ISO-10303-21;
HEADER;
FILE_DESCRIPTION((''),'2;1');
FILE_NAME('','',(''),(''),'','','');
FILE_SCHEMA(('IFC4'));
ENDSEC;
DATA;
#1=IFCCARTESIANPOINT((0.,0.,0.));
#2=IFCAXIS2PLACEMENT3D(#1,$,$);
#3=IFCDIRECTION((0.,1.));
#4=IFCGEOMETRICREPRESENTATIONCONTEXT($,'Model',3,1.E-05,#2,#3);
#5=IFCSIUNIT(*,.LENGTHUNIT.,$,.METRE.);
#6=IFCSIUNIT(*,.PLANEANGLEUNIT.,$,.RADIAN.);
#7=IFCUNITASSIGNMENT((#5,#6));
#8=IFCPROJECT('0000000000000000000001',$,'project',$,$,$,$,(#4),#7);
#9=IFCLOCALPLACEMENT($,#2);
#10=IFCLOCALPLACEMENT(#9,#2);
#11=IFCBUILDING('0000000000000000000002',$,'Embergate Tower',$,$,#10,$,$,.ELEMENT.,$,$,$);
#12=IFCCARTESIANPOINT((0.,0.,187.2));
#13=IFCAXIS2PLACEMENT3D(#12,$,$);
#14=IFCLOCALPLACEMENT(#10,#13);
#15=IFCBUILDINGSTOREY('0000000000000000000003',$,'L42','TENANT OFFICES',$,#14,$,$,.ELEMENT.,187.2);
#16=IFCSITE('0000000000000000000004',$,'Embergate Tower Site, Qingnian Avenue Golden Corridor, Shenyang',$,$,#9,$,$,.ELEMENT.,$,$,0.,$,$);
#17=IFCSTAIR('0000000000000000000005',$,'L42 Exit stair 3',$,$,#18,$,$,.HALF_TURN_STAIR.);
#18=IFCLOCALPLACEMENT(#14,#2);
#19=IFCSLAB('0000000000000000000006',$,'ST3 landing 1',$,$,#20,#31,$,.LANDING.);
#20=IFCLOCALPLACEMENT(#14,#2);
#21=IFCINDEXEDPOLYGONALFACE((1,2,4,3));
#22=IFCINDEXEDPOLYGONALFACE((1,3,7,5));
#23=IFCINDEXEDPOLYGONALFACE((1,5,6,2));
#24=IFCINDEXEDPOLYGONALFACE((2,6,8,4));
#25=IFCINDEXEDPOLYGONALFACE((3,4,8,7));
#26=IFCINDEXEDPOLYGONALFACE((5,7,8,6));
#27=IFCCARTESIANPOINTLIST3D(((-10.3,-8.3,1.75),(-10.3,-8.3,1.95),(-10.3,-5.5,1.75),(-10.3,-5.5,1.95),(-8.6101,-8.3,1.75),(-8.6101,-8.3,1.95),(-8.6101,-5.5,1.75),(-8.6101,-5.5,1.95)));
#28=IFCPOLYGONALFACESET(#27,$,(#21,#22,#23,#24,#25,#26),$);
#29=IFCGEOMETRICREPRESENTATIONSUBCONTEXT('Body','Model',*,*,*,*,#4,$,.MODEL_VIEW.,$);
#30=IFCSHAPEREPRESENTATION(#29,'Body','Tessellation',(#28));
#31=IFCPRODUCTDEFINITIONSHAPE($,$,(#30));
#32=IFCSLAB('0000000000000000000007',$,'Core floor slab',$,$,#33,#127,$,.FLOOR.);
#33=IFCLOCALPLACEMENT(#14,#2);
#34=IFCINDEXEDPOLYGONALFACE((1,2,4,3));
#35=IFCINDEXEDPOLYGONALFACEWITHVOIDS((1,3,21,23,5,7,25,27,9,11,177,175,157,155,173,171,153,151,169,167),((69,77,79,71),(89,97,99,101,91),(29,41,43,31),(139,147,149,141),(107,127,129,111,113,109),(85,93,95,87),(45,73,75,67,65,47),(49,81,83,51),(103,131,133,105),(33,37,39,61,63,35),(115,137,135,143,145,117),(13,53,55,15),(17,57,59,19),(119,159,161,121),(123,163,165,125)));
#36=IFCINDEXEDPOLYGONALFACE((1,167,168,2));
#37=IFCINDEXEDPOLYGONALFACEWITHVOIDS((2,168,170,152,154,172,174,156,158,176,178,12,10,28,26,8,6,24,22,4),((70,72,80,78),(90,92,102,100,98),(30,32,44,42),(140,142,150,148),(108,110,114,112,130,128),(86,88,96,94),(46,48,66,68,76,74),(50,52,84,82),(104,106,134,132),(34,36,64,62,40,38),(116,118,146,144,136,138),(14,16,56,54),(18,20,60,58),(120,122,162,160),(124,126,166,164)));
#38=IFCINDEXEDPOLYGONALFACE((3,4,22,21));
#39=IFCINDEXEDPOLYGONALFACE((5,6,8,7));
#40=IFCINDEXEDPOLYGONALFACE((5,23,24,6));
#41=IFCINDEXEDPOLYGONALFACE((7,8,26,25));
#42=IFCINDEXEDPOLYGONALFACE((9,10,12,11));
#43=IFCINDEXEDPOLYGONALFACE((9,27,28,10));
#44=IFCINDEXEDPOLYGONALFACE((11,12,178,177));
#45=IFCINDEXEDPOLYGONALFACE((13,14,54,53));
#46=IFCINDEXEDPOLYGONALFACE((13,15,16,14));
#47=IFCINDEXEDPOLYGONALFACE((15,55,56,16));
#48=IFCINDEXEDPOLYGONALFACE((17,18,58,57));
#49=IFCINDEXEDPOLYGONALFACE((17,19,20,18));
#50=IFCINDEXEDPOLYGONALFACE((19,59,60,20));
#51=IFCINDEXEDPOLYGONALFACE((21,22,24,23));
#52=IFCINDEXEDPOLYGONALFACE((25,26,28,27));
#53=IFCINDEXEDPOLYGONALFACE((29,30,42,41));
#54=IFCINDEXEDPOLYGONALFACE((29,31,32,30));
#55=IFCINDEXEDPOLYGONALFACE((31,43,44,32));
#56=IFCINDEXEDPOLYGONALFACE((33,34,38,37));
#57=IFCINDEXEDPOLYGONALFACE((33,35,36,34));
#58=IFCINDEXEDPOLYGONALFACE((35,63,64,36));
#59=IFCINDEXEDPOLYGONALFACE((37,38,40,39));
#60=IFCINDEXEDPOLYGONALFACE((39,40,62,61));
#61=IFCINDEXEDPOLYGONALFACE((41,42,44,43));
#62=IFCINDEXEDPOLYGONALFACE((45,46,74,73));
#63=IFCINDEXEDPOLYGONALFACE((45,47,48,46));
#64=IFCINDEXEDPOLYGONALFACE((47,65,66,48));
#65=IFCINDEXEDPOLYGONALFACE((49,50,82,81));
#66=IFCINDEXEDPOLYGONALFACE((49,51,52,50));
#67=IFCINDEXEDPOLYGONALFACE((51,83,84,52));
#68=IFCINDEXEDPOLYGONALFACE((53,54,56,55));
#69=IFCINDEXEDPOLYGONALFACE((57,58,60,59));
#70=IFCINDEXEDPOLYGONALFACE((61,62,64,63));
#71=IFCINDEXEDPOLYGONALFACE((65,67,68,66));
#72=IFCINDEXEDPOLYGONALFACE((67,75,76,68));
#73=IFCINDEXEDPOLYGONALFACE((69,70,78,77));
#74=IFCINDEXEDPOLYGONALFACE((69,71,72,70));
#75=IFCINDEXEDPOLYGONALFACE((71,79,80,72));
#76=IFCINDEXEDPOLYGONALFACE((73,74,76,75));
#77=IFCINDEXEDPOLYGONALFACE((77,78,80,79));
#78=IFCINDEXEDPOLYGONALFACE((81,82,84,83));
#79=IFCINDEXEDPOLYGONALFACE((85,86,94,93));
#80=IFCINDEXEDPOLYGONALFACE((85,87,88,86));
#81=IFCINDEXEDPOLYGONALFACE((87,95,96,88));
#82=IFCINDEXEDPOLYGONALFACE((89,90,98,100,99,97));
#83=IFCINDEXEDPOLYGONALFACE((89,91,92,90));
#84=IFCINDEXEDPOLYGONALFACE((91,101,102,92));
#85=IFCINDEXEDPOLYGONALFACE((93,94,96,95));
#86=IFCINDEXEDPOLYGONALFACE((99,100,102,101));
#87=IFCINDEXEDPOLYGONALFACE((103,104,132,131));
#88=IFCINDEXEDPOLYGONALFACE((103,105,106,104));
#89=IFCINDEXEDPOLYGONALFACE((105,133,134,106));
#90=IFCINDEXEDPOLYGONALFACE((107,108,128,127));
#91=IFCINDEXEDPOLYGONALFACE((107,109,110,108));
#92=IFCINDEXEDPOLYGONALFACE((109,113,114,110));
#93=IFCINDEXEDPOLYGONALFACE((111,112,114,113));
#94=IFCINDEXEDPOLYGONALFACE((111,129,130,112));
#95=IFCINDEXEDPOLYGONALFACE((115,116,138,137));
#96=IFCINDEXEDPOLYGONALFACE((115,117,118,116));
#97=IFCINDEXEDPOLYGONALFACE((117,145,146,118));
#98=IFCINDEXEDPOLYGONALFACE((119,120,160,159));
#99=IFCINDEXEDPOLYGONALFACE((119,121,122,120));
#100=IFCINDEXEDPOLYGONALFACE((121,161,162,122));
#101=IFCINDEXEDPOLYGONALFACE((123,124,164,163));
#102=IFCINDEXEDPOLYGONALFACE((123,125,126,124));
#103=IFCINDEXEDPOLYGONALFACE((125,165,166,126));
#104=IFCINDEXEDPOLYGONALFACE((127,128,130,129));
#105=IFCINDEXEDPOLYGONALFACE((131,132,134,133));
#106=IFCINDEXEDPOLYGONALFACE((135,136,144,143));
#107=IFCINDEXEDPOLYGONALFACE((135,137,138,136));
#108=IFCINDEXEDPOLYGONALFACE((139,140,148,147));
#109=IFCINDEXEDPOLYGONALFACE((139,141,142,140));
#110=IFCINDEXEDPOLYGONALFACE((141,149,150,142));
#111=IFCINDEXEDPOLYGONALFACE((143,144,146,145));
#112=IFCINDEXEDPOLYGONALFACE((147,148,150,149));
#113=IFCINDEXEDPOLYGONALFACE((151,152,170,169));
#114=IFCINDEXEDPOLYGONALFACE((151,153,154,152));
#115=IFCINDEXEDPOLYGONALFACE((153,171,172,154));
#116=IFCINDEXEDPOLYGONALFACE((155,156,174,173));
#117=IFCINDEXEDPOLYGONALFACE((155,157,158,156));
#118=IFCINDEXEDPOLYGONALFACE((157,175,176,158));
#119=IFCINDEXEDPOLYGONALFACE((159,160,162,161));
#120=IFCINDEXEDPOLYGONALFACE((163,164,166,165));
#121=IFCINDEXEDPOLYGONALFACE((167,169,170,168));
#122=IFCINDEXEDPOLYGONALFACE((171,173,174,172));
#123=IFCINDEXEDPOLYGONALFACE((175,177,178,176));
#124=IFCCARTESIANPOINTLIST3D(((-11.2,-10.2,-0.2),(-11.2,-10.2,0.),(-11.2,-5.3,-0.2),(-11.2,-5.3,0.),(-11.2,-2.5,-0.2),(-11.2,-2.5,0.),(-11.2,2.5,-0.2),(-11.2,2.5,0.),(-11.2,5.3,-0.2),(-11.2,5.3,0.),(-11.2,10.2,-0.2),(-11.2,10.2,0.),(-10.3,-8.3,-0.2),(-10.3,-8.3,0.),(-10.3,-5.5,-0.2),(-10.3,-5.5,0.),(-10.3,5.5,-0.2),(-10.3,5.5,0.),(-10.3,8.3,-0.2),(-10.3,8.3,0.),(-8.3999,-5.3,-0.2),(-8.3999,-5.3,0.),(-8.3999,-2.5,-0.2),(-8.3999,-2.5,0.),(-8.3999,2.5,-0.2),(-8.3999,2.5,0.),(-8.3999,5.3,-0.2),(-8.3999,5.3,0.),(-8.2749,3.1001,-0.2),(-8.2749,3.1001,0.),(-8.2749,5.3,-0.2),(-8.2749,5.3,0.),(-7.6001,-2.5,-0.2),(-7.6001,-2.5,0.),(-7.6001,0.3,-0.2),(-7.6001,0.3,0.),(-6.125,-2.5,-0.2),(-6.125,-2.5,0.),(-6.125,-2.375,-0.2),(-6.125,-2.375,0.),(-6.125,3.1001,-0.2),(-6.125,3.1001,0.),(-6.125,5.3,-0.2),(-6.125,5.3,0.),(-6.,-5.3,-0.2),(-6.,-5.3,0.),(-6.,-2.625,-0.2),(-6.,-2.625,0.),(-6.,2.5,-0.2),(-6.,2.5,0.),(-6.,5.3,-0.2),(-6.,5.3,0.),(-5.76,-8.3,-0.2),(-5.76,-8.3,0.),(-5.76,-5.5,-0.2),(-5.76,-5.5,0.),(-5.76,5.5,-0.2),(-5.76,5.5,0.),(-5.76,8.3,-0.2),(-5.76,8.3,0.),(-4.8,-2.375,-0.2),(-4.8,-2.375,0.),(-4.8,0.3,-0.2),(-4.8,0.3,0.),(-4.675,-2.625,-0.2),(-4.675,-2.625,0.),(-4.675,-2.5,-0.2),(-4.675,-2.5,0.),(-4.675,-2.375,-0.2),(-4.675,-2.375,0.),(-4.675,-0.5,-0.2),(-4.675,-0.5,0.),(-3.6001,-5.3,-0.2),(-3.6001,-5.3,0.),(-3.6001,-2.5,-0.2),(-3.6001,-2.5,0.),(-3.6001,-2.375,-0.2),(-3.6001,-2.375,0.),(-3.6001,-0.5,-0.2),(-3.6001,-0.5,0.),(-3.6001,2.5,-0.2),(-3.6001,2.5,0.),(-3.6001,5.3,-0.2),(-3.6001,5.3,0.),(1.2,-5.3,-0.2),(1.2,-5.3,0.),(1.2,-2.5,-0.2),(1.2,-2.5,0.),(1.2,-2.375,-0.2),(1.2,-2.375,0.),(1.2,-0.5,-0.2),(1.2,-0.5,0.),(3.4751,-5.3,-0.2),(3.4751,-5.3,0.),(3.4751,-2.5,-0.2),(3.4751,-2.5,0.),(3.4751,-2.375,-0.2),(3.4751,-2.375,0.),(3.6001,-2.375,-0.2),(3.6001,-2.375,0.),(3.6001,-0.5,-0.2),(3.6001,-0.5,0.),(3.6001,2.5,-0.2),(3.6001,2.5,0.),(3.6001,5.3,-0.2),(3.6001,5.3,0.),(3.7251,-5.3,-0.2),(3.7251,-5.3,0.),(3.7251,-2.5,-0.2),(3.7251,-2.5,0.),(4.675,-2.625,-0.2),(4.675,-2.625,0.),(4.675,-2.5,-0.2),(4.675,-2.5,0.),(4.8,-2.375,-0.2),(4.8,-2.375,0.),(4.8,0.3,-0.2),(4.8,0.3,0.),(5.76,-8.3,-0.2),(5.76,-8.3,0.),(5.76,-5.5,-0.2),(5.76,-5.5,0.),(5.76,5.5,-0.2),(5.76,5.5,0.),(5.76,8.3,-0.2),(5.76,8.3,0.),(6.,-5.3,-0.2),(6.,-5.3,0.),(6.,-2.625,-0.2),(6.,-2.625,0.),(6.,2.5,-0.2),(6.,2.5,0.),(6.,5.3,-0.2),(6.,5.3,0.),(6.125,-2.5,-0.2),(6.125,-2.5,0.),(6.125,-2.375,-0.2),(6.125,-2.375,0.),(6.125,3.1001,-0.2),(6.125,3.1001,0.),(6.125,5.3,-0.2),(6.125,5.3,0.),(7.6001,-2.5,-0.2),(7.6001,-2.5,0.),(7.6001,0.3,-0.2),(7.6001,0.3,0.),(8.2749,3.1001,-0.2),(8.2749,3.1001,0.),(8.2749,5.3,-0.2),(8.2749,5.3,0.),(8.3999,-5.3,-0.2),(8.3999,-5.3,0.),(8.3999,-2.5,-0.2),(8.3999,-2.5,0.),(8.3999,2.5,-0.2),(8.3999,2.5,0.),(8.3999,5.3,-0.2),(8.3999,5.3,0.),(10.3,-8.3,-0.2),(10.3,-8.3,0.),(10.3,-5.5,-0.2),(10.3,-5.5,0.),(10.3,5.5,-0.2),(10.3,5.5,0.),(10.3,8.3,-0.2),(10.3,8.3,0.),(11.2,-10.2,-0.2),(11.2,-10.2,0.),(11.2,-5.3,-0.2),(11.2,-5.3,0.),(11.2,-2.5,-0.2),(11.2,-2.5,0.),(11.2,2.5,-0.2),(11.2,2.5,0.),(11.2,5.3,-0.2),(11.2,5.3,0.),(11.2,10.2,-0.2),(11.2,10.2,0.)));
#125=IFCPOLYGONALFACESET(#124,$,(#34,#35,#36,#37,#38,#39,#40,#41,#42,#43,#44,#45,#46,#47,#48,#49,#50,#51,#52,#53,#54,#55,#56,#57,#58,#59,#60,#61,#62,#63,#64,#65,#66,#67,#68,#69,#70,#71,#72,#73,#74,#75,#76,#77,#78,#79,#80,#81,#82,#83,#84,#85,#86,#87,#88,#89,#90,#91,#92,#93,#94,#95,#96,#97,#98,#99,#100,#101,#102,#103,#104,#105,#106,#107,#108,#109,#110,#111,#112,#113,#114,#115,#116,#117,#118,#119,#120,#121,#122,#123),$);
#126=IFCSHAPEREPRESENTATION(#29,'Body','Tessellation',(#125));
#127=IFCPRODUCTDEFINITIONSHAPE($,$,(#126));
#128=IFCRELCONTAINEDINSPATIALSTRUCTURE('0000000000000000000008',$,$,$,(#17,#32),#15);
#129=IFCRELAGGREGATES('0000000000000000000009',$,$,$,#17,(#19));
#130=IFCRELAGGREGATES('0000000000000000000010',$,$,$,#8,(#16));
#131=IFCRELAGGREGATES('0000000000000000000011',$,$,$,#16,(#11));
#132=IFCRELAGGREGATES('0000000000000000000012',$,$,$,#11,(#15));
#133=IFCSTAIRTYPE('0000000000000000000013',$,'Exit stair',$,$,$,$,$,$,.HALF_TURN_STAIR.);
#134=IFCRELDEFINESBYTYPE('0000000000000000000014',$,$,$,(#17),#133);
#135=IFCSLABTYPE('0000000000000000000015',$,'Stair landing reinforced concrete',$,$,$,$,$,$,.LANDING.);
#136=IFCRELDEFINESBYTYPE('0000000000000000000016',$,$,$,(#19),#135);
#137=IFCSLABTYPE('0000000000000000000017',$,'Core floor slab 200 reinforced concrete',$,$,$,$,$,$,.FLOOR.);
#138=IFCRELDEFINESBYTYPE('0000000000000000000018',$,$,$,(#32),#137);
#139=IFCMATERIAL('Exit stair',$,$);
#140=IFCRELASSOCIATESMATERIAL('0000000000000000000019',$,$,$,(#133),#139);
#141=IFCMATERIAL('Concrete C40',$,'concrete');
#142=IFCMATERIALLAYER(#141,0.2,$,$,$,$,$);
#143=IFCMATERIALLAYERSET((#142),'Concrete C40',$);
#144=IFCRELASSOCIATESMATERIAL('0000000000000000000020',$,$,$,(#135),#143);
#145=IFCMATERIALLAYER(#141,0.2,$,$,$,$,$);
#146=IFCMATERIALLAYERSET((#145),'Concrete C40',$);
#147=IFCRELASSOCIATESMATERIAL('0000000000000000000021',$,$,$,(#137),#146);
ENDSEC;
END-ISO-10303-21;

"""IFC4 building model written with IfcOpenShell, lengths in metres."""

from ifc_helpers import new_model, si_unit, direction, frame, origin, place, context, subcontext, project, spatial, polyline, outline, extrude, source, transform, mapped, material, layer, layer_set, type_object, element, aggregate, save


model = new_model("IFC4")

# Units and contexts
model_context = context("Model", 3, precision=1e-05, world=origin(), true_north=direction((0.0, 1.0)))
body_context = subcontext(model_context, "Body", "Model", "MODEL_VIEW")
ifc_project = project(units=[si_unit("LENGTHUNIT", "METRE"), si_unit("PLANEANGLEUNIT", "RADIAN")], contexts=[model_context])

# Site, building, storey
site_placement = place(None, origin())
site = spatial("IfcSite", under=ifc_project, at=site_placement, Name="Embergate Tower Site, Qingnian Avenue Golden Corridor, Shenyang", CompositionType="ELEMENT", RefElevation=0.0)
building_placement = place(site_placement, origin())
building = spatial("IfcBuilding", under=site, at=building_placement, Name="Embergate Tower", CompositionType="ELEMENT")
storey_placement = place(building_placement, frame((0.0, 0.0, 187.2)))
storey = spatial("IfcBuildingStorey", under=building, at=storey_placement, Name="L42", Description="TENANT OFFICES", CompositionType="ELEMENT", Elevation=187.2)

# Stair, slab
ifc_material_1 = material(Name="Exit stair")
stair_type = type_object("IfcStairType", Name="Exit stair", PredefinedType="HALF_TURN_STAIR", material=ifc_material_1)
stair_placement = place(storey_placement, origin())
stair = element("IfcStair", 1, at=stair_placement, inside=storey, type_object=stair_type, Name="L42 Exit stair 3", PredefinedType="HALF_TURN_STAIR")
ifc_material_2 = material(Name="Concrete C40", Category="concrete")
ifc_layer_1 = layer(ifc_material_2, 0.2)
ifc_layer_set_1 = layer_set([ifc_layer_1], Name="Concrete C40")
slab_type_1 = type_object("IfcSlabType", Name="Stair landing reinforced concrete", PredefinedType="LANDING", material=ifc_layer_set_1)
shared_shape_1 = source(origin(), body_context, "Body", "SweptSolid", [
    extrude(outline(polyline([(0.0, 0.0), (1.6899, 0.0), (1.6899, 2.8), (0.0, 2.8), (0.0, 0.0)])), origin(), (0.0, 0.0, 1.0), 0.2),
])
slab_1_placement = place(storey_placement, frame((-10.3, -8.3, 1.75)))
slab_1 = element("IfcSlab", 2, at=slab_1_placement, type_object=slab_type_1, Name="ST3 landing 1", PredefinedType="LANDING", context=body_context, shape_type="MappedRepresentation", body=[
    mapped(shared_shape_1, transform((0.0, 0.0, 0.0))),
])

# Slab
ifc_layer_2 = layer(ifc_material_2, 0.2)
ifc_layer_set_2 = layer_set([ifc_layer_2], Name="Concrete C40")
slab_type_2 = type_object("IfcSlabType", Name="Core floor slab 200 reinforced concrete", PredefinedType="FLOOR", material=ifc_layer_set_2)
shared_shape_2 = source(origin(), body_context, "Body", "SweptSolid", [
    extrude(outline(polyline([(0.0, 0.0), (22.3999, 0.0), (22.3999, 4.8999), (19.5999, 4.8999), (19.5999, 7.7), (22.3999, 7.7), (22.3999, 12.7), (19.5999, 12.7), (19.5999, 15.5), (22.3999, 15.5), (22.3999, 20.3999), (0.0, 20.3999), (0.0, 15.5), (2.8, 15.5), (2.8, 12.7), (0.0, 12.7), (0.0, 7.7), (2.8, 7.7), (2.8, 4.8999), (0.0, 4.8999), (0.0, 0.0)]), holes=[polyline([(0.8999, 1.8999), (0.8999, 4.7), (5.4399, 4.7), (5.4399, 1.8999), (0.8999, 1.8999)]), polyline([(16.96, 1.8999), (16.96, 4.7), (21.5, 4.7), (21.5, 1.8999), (16.96, 1.8999)]), polyline([(5.2, 4.8999), (5.2, 7.575), (6.5249, 7.575), (6.5249, 7.7), (7.5999, 7.7), (7.5999, 4.8999), (5.2, 4.8999)]), polyline([(12.3999, 4.8999), (12.3999, 7.7), (14.675, 7.7), (14.675, 4.8999), (12.3999, 4.8999)]), polyline([(14.925, 4.8999), (14.925, 7.7), (15.875, 7.7), (15.875, 7.575), (17.2, 7.575), (17.2, 4.8999), (14.925, 4.8999)]), polyline([(3.5999, 7.7), (3.5999, 10.5), (6.3999, 10.5), (6.3999, 7.825), (5.075, 7.825), (5.075, 7.7), (3.5999, 7.7)]), polyline([(17.325, 7.7), (17.325, 7.825), (16.0, 7.825), (16.0, 10.5), (18.8, 10.5), (18.8, 7.7), (17.325, 7.7)]), polyline([(6.5249, 7.825), (6.5249, 9.7), (7.5999, 9.7), (7.5999, 7.825), (6.5249, 7.825)]), polyline([(12.3999, 7.825), (12.3999, 9.7), (14.8, 9.7), (14.8, 7.825), (14.675, 7.825), (12.3999, 7.825)]), polyline([(5.2, 12.7), (5.2, 15.5), (7.5999, 15.5), (7.5999, 12.7), (5.2, 12.7)]), polyline([(14.8, 12.7), (14.8, 15.5), (17.2, 15.5), (17.2, 12.7), (14.8, 12.7)]), polyline([(2.925, 13.3), (2.925, 15.5), (5.075, 15.5), (5.075, 13.3), (2.925, 13.3)]), polyline([(17.325, 13.3), (17.325, 15.5), (19.4749, 15.5), (19.4749, 13.3), (17.325, 13.3)]), polyline([(0.8999, 15.7), (0.8999, 18.5), (5.4399, 18.5), (5.4399, 15.7), (0.8999, 15.7)]), polyline([(16.96, 15.7), (16.96, 18.5), (21.5, 18.5), (21.5, 15.7), (16.96, 15.7)])]), origin(), (0.0, 0.0, 1.0), 0.2),
])
slab_2_placement = place(storey_placement, frame((-11.2, -10.2, -0.2)))
element("IfcSlab", 3, at=slab_2_placement, inside=storey, type_object=slab_type_2, Name="Core floor slab", PredefinedType="FLOOR", context=body_context, shape_type="MappedRepresentation", body=[
    mapped(shared_shape_2, transform((0.0, 0.0, 0.0))),
])

aggregate(stair, [slab_1])

save(model, "model.ifc")
